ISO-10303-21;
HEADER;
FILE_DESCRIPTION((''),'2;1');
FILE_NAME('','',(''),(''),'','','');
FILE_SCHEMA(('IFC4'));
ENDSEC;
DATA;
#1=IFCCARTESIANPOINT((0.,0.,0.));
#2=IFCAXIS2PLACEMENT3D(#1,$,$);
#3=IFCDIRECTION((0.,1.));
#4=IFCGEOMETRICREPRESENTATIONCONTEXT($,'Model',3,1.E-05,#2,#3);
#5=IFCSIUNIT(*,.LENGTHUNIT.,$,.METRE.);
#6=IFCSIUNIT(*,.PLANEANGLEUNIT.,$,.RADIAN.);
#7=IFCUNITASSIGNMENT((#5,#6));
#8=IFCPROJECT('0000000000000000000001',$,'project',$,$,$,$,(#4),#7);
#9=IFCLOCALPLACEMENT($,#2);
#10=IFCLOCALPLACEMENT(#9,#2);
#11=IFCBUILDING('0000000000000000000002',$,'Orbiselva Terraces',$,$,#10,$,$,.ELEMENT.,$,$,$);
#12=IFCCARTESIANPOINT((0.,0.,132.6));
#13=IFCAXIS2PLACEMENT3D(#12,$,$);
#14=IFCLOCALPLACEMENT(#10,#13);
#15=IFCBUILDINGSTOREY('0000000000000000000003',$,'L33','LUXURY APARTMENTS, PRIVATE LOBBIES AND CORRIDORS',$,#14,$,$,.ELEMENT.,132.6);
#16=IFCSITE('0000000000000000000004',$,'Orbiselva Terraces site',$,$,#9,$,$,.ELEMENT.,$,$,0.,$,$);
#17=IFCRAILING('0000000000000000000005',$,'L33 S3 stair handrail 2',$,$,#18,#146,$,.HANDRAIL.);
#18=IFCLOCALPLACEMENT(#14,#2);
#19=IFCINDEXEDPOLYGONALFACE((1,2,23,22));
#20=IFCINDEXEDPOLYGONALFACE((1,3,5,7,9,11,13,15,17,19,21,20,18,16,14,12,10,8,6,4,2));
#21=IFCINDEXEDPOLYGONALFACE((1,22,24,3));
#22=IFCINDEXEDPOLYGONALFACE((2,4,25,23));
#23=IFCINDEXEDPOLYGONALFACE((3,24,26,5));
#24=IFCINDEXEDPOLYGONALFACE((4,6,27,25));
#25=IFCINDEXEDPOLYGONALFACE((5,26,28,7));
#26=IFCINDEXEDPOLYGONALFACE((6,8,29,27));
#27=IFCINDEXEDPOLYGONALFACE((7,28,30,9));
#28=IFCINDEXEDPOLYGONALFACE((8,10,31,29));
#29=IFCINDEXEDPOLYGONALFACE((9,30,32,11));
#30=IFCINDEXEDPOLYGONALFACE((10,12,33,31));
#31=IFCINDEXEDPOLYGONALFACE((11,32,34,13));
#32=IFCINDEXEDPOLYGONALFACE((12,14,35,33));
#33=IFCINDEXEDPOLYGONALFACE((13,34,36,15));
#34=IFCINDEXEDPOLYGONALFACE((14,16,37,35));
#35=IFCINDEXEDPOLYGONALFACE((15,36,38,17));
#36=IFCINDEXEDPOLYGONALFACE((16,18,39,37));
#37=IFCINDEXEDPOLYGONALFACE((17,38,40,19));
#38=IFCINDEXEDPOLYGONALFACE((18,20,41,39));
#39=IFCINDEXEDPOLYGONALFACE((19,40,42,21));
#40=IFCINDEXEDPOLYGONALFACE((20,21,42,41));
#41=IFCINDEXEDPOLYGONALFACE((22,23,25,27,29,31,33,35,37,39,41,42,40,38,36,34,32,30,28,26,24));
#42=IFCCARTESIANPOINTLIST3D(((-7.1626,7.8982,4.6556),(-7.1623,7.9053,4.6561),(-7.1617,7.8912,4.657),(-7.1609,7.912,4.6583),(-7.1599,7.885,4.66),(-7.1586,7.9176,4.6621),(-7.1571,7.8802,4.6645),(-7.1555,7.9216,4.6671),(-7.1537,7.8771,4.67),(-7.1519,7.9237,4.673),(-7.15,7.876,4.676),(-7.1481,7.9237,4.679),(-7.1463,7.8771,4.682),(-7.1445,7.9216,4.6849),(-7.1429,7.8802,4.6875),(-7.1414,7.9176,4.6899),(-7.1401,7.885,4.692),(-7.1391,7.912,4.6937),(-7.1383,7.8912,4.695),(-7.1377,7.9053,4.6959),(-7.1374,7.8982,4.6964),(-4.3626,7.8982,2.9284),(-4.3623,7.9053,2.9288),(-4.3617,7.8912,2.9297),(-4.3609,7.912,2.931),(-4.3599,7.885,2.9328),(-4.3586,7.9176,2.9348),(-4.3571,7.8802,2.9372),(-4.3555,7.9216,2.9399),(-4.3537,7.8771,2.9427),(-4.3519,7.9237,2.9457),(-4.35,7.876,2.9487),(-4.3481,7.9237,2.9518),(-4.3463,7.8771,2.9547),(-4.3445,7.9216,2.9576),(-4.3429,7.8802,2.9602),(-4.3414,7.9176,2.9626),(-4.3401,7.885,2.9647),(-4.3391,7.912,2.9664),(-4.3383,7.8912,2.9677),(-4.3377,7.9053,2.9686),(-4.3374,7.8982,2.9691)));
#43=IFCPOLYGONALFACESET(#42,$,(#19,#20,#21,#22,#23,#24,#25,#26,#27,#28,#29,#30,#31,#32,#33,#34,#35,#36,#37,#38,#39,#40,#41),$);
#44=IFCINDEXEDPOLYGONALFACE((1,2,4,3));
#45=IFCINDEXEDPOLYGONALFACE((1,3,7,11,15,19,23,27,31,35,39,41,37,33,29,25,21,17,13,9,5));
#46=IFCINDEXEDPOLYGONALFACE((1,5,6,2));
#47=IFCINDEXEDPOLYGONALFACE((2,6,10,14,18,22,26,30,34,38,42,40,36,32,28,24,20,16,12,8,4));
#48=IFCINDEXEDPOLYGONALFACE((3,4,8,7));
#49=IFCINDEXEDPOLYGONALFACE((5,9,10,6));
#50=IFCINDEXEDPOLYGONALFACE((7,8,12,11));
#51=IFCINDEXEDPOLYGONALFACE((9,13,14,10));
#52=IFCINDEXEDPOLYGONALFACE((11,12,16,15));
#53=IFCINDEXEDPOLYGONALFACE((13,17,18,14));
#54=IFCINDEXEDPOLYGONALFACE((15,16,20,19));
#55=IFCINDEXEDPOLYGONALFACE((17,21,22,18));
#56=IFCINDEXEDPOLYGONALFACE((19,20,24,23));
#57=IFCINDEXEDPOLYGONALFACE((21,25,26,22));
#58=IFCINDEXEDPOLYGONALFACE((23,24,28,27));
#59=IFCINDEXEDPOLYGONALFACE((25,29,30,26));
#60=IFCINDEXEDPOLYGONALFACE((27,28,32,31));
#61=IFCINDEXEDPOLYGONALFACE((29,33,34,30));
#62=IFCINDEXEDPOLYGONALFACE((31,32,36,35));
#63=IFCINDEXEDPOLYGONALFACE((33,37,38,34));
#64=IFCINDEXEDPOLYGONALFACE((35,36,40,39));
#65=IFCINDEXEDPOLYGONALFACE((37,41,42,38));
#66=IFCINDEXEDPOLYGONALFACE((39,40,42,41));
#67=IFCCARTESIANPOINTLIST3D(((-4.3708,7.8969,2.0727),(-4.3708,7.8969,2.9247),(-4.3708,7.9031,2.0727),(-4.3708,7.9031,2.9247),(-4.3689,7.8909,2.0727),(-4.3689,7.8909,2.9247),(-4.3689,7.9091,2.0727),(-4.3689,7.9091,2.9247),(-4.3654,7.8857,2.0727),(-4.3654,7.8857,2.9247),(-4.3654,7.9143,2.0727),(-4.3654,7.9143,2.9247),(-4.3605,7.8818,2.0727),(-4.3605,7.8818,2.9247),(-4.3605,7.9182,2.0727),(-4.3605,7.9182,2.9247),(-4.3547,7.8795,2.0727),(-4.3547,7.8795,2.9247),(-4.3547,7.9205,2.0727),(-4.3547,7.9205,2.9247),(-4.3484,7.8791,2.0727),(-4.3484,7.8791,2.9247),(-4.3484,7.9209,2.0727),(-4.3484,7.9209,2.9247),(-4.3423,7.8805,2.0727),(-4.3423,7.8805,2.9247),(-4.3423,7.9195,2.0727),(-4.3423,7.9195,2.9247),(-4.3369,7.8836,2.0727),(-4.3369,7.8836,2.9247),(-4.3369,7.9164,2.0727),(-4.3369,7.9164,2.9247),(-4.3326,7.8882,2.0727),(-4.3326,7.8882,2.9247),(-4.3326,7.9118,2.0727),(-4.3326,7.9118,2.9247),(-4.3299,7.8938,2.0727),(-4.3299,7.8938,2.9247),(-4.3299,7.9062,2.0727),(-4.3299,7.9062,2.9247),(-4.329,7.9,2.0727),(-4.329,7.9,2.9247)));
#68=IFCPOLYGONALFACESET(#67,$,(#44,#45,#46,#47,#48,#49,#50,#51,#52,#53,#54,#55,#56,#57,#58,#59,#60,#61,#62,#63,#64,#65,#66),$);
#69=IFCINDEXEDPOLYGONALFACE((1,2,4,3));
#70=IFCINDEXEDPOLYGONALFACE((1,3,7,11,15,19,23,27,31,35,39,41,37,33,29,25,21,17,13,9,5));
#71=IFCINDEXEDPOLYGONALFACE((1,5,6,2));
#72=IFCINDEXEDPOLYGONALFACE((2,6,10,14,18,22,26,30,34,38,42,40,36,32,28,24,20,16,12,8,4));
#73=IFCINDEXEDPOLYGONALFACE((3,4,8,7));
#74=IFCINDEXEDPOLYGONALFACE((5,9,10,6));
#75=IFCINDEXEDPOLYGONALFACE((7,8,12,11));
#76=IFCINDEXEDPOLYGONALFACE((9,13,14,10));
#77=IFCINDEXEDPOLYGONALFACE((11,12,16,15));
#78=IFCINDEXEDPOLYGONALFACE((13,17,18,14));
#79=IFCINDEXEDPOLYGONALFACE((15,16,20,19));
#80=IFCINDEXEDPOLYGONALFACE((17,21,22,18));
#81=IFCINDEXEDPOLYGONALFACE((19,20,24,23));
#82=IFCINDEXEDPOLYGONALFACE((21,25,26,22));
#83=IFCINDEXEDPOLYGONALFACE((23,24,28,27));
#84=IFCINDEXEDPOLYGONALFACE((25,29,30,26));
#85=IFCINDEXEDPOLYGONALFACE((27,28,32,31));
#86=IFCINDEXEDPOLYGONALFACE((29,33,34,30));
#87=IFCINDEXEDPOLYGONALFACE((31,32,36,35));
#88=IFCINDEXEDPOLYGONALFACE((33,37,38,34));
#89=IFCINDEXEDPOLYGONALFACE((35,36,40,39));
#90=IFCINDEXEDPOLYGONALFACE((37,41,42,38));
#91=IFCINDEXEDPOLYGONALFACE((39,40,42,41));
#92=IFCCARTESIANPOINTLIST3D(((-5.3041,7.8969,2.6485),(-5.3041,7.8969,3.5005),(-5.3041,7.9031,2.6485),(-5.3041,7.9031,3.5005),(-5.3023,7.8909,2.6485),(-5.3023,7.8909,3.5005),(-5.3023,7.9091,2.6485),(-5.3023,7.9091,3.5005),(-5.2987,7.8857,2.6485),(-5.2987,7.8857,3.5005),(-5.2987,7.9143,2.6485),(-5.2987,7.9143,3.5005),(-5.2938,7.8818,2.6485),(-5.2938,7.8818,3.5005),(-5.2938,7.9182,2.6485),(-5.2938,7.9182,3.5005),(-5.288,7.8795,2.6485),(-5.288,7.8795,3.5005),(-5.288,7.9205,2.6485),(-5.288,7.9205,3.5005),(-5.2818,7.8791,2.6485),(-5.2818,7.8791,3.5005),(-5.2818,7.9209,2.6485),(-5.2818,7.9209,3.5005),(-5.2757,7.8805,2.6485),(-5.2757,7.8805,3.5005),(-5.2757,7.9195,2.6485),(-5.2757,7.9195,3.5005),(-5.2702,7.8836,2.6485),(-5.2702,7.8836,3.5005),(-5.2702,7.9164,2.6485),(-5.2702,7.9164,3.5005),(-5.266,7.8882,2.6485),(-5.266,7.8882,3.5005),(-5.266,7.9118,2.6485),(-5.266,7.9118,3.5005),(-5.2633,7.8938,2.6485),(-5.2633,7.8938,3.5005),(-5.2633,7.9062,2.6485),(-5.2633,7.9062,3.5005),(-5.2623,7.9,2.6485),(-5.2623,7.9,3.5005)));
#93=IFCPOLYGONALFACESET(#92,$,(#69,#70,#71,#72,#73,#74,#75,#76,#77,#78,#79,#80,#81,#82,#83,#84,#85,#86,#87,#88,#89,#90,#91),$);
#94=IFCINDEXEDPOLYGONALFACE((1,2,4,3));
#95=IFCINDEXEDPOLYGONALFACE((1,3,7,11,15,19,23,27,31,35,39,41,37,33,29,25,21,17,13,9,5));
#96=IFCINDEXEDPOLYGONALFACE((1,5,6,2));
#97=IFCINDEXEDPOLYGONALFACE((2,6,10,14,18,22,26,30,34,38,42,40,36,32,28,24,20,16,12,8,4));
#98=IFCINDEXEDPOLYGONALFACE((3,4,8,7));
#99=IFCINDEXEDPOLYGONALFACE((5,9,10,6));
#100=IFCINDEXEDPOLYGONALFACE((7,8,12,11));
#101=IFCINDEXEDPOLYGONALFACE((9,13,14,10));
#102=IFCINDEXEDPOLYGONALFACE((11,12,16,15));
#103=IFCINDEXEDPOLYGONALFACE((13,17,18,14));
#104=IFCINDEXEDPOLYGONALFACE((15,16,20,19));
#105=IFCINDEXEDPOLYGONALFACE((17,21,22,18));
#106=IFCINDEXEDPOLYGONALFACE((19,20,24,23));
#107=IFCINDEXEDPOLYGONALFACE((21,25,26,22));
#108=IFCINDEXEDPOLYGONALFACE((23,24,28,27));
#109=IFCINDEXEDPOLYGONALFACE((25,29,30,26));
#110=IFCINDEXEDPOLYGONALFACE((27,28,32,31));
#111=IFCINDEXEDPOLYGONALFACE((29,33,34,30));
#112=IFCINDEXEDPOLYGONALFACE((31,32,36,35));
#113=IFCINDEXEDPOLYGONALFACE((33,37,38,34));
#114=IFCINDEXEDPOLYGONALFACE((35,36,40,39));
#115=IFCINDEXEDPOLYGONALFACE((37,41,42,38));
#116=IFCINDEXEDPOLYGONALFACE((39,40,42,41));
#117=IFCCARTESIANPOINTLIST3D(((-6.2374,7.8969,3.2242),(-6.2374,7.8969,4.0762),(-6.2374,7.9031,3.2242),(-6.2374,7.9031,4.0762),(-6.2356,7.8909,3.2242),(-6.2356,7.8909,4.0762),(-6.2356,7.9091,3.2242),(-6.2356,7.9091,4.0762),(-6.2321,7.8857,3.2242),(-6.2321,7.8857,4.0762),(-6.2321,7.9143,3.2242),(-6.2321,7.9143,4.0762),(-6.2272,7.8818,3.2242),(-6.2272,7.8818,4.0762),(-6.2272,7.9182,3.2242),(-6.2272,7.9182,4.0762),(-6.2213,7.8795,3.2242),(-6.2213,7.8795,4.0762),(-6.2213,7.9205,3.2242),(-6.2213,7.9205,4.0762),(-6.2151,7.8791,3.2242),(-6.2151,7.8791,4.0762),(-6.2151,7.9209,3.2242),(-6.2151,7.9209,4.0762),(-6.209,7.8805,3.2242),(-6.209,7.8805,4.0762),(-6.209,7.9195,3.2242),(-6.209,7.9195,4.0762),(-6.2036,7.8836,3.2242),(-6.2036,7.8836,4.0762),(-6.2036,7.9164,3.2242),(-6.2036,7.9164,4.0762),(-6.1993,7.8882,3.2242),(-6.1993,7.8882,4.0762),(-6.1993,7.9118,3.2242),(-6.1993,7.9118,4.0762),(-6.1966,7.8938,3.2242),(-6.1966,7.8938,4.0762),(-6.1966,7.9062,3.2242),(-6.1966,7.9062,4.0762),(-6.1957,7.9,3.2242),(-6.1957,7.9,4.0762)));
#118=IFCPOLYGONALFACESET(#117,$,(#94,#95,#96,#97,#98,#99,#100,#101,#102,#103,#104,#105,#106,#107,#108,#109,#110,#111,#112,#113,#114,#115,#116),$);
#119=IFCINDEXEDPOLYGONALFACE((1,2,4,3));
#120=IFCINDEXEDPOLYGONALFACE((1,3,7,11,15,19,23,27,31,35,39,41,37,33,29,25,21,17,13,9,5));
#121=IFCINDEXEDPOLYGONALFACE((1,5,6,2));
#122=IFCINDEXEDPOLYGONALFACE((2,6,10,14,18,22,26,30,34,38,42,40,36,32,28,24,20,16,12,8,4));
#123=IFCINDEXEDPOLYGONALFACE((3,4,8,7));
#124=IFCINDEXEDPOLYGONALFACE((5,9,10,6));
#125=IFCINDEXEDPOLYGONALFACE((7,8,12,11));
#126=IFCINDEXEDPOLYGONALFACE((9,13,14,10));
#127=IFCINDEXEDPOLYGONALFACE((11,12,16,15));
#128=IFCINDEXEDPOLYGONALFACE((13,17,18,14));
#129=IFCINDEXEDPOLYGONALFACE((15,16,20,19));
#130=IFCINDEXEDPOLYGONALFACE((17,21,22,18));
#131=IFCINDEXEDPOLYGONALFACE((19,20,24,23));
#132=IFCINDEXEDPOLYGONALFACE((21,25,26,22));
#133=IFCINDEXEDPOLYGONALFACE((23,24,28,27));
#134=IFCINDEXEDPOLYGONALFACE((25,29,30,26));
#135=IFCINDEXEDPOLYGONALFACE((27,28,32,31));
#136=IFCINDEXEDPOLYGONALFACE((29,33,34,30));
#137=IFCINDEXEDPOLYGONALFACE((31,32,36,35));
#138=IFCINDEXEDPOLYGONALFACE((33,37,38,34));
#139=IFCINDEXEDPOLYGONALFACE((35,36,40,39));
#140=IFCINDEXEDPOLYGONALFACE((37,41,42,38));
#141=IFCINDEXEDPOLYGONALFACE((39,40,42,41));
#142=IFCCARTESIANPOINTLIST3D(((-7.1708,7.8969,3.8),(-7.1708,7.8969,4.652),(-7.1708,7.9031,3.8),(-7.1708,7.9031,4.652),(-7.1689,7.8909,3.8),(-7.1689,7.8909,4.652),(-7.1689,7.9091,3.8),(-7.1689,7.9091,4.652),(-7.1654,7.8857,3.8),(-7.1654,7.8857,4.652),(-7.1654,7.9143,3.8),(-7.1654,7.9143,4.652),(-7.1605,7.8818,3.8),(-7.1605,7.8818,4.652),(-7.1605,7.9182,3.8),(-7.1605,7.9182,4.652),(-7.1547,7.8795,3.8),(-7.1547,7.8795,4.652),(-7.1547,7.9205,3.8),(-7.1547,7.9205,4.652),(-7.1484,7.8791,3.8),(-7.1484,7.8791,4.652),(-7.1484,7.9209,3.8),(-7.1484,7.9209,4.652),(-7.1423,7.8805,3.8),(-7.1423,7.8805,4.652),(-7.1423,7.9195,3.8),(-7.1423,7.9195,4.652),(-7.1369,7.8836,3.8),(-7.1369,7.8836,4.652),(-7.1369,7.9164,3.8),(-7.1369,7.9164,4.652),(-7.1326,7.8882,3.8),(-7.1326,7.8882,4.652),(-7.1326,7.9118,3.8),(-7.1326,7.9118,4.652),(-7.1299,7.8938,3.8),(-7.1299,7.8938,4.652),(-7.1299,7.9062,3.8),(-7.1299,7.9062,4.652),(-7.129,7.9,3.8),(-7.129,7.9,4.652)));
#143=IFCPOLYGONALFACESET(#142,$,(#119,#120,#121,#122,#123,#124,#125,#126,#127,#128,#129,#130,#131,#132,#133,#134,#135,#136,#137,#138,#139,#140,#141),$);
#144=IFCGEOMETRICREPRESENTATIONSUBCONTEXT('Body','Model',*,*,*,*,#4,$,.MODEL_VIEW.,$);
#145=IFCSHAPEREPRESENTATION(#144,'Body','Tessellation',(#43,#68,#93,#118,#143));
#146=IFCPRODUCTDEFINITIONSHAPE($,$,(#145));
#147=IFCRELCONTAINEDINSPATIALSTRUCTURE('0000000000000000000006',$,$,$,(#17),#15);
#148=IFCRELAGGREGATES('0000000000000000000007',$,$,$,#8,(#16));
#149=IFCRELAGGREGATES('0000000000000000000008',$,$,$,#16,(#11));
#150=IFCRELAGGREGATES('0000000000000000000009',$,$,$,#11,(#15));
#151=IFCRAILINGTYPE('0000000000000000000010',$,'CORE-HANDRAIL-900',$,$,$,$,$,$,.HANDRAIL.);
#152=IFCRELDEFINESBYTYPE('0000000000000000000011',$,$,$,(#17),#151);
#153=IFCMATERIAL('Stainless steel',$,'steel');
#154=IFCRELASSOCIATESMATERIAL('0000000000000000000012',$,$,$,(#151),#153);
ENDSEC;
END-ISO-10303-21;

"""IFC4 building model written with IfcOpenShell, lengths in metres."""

from ifc_helpers import new_model, si_unit, direction, frame, origin, origin_2d, place, context, subcontext, project, spatial, circle, extrude, material, type_object, element, save


model = new_model("IFC4")

# Units and contexts
model_context = context("Model", 3, precision=1e-05, world=origin(), true_north=direction((0.0, 1.0)))
body_context = subcontext(model_context, "Body", "Model", "MODEL_VIEW")
ifc_project = project(units=[si_unit("LENGTHUNIT", "METRE"), si_unit("PLANEANGLEUNIT", "RADIAN")], contexts=[model_context])

# Site, building, storey
site_placement = place(None, origin())
site = spatial("IfcSite", under=ifc_project, at=site_placement, Name="Orbiselva Terraces site", CompositionType="ELEMENT", RefElevation=0.0)
building_placement = place(site_placement, origin())
building = spatial("IfcBuilding", under=site, at=building_placement, Name="Orbiselva Terraces", CompositionType="ELEMENT")
storey_placement = place(building_placement, frame((0.0, 0.0, 132.6)))
storey = spatial("IfcBuildingStorey", under=building, at=storey_placement, Name="L33", Description="LUXURY APARTMENTS, PRIVATE LOBBIES AND CORRIDORS", CompositionType="ELEMENT", Elevation=132.6)

# Railing
ifc_material_1 = material(Name="Stainless steel", Category="steel")
railing_type_1 = type_object("IfcRailingType", Name="CORE-HANDRAIL-900", PredefinedType="HANDRAIL", material=ifc_material_1)
railing_1_placement = place(storey_placement, frame((-4.35, 7.9, 2.0727)))
element("IfcRailing", 1, at=railing_1_placement, inside=storey, type_object=railing_type_1, Name="L33 S3 stair handrail 2", PredefinedType="HANDRAIL", context=body_context, shape_type="SweptSolid", body=[
    extrude(circle(Radius=0.024, at=origin_2d()), frame((0.0, 0.0, 0.876), z_axis=(-0.851089, 0.0, 0.525022), x_axis=(0.0, -1.0, 0.0)), (0.0, 0.0, 1.0), 3.2899),
    extrude(circle(Radius=0.021, at=origin_2d()), origin(), (0.0, 0.0, 1.0), 0.852),
    extrude(circle(Radius=0.021, at=origin_2d()), frame((-0.9333, 0.0, 0.5758)), (0.0, 0.0, 1.0), 0.852),
    extrude(circle(Radius=0.021, at=origin_2d()), frame((-1.8667, 0.0, 1.1515)), (0.0, 0.0, 1.0), 0.852),
    extrude(circle(Radius=0.021, at=origin_2d()), frame((-2.8, 0.0, 1.7273)), (0.0, 0.0, 1.0), 0.852),
])

save(model, "model.ifc")
